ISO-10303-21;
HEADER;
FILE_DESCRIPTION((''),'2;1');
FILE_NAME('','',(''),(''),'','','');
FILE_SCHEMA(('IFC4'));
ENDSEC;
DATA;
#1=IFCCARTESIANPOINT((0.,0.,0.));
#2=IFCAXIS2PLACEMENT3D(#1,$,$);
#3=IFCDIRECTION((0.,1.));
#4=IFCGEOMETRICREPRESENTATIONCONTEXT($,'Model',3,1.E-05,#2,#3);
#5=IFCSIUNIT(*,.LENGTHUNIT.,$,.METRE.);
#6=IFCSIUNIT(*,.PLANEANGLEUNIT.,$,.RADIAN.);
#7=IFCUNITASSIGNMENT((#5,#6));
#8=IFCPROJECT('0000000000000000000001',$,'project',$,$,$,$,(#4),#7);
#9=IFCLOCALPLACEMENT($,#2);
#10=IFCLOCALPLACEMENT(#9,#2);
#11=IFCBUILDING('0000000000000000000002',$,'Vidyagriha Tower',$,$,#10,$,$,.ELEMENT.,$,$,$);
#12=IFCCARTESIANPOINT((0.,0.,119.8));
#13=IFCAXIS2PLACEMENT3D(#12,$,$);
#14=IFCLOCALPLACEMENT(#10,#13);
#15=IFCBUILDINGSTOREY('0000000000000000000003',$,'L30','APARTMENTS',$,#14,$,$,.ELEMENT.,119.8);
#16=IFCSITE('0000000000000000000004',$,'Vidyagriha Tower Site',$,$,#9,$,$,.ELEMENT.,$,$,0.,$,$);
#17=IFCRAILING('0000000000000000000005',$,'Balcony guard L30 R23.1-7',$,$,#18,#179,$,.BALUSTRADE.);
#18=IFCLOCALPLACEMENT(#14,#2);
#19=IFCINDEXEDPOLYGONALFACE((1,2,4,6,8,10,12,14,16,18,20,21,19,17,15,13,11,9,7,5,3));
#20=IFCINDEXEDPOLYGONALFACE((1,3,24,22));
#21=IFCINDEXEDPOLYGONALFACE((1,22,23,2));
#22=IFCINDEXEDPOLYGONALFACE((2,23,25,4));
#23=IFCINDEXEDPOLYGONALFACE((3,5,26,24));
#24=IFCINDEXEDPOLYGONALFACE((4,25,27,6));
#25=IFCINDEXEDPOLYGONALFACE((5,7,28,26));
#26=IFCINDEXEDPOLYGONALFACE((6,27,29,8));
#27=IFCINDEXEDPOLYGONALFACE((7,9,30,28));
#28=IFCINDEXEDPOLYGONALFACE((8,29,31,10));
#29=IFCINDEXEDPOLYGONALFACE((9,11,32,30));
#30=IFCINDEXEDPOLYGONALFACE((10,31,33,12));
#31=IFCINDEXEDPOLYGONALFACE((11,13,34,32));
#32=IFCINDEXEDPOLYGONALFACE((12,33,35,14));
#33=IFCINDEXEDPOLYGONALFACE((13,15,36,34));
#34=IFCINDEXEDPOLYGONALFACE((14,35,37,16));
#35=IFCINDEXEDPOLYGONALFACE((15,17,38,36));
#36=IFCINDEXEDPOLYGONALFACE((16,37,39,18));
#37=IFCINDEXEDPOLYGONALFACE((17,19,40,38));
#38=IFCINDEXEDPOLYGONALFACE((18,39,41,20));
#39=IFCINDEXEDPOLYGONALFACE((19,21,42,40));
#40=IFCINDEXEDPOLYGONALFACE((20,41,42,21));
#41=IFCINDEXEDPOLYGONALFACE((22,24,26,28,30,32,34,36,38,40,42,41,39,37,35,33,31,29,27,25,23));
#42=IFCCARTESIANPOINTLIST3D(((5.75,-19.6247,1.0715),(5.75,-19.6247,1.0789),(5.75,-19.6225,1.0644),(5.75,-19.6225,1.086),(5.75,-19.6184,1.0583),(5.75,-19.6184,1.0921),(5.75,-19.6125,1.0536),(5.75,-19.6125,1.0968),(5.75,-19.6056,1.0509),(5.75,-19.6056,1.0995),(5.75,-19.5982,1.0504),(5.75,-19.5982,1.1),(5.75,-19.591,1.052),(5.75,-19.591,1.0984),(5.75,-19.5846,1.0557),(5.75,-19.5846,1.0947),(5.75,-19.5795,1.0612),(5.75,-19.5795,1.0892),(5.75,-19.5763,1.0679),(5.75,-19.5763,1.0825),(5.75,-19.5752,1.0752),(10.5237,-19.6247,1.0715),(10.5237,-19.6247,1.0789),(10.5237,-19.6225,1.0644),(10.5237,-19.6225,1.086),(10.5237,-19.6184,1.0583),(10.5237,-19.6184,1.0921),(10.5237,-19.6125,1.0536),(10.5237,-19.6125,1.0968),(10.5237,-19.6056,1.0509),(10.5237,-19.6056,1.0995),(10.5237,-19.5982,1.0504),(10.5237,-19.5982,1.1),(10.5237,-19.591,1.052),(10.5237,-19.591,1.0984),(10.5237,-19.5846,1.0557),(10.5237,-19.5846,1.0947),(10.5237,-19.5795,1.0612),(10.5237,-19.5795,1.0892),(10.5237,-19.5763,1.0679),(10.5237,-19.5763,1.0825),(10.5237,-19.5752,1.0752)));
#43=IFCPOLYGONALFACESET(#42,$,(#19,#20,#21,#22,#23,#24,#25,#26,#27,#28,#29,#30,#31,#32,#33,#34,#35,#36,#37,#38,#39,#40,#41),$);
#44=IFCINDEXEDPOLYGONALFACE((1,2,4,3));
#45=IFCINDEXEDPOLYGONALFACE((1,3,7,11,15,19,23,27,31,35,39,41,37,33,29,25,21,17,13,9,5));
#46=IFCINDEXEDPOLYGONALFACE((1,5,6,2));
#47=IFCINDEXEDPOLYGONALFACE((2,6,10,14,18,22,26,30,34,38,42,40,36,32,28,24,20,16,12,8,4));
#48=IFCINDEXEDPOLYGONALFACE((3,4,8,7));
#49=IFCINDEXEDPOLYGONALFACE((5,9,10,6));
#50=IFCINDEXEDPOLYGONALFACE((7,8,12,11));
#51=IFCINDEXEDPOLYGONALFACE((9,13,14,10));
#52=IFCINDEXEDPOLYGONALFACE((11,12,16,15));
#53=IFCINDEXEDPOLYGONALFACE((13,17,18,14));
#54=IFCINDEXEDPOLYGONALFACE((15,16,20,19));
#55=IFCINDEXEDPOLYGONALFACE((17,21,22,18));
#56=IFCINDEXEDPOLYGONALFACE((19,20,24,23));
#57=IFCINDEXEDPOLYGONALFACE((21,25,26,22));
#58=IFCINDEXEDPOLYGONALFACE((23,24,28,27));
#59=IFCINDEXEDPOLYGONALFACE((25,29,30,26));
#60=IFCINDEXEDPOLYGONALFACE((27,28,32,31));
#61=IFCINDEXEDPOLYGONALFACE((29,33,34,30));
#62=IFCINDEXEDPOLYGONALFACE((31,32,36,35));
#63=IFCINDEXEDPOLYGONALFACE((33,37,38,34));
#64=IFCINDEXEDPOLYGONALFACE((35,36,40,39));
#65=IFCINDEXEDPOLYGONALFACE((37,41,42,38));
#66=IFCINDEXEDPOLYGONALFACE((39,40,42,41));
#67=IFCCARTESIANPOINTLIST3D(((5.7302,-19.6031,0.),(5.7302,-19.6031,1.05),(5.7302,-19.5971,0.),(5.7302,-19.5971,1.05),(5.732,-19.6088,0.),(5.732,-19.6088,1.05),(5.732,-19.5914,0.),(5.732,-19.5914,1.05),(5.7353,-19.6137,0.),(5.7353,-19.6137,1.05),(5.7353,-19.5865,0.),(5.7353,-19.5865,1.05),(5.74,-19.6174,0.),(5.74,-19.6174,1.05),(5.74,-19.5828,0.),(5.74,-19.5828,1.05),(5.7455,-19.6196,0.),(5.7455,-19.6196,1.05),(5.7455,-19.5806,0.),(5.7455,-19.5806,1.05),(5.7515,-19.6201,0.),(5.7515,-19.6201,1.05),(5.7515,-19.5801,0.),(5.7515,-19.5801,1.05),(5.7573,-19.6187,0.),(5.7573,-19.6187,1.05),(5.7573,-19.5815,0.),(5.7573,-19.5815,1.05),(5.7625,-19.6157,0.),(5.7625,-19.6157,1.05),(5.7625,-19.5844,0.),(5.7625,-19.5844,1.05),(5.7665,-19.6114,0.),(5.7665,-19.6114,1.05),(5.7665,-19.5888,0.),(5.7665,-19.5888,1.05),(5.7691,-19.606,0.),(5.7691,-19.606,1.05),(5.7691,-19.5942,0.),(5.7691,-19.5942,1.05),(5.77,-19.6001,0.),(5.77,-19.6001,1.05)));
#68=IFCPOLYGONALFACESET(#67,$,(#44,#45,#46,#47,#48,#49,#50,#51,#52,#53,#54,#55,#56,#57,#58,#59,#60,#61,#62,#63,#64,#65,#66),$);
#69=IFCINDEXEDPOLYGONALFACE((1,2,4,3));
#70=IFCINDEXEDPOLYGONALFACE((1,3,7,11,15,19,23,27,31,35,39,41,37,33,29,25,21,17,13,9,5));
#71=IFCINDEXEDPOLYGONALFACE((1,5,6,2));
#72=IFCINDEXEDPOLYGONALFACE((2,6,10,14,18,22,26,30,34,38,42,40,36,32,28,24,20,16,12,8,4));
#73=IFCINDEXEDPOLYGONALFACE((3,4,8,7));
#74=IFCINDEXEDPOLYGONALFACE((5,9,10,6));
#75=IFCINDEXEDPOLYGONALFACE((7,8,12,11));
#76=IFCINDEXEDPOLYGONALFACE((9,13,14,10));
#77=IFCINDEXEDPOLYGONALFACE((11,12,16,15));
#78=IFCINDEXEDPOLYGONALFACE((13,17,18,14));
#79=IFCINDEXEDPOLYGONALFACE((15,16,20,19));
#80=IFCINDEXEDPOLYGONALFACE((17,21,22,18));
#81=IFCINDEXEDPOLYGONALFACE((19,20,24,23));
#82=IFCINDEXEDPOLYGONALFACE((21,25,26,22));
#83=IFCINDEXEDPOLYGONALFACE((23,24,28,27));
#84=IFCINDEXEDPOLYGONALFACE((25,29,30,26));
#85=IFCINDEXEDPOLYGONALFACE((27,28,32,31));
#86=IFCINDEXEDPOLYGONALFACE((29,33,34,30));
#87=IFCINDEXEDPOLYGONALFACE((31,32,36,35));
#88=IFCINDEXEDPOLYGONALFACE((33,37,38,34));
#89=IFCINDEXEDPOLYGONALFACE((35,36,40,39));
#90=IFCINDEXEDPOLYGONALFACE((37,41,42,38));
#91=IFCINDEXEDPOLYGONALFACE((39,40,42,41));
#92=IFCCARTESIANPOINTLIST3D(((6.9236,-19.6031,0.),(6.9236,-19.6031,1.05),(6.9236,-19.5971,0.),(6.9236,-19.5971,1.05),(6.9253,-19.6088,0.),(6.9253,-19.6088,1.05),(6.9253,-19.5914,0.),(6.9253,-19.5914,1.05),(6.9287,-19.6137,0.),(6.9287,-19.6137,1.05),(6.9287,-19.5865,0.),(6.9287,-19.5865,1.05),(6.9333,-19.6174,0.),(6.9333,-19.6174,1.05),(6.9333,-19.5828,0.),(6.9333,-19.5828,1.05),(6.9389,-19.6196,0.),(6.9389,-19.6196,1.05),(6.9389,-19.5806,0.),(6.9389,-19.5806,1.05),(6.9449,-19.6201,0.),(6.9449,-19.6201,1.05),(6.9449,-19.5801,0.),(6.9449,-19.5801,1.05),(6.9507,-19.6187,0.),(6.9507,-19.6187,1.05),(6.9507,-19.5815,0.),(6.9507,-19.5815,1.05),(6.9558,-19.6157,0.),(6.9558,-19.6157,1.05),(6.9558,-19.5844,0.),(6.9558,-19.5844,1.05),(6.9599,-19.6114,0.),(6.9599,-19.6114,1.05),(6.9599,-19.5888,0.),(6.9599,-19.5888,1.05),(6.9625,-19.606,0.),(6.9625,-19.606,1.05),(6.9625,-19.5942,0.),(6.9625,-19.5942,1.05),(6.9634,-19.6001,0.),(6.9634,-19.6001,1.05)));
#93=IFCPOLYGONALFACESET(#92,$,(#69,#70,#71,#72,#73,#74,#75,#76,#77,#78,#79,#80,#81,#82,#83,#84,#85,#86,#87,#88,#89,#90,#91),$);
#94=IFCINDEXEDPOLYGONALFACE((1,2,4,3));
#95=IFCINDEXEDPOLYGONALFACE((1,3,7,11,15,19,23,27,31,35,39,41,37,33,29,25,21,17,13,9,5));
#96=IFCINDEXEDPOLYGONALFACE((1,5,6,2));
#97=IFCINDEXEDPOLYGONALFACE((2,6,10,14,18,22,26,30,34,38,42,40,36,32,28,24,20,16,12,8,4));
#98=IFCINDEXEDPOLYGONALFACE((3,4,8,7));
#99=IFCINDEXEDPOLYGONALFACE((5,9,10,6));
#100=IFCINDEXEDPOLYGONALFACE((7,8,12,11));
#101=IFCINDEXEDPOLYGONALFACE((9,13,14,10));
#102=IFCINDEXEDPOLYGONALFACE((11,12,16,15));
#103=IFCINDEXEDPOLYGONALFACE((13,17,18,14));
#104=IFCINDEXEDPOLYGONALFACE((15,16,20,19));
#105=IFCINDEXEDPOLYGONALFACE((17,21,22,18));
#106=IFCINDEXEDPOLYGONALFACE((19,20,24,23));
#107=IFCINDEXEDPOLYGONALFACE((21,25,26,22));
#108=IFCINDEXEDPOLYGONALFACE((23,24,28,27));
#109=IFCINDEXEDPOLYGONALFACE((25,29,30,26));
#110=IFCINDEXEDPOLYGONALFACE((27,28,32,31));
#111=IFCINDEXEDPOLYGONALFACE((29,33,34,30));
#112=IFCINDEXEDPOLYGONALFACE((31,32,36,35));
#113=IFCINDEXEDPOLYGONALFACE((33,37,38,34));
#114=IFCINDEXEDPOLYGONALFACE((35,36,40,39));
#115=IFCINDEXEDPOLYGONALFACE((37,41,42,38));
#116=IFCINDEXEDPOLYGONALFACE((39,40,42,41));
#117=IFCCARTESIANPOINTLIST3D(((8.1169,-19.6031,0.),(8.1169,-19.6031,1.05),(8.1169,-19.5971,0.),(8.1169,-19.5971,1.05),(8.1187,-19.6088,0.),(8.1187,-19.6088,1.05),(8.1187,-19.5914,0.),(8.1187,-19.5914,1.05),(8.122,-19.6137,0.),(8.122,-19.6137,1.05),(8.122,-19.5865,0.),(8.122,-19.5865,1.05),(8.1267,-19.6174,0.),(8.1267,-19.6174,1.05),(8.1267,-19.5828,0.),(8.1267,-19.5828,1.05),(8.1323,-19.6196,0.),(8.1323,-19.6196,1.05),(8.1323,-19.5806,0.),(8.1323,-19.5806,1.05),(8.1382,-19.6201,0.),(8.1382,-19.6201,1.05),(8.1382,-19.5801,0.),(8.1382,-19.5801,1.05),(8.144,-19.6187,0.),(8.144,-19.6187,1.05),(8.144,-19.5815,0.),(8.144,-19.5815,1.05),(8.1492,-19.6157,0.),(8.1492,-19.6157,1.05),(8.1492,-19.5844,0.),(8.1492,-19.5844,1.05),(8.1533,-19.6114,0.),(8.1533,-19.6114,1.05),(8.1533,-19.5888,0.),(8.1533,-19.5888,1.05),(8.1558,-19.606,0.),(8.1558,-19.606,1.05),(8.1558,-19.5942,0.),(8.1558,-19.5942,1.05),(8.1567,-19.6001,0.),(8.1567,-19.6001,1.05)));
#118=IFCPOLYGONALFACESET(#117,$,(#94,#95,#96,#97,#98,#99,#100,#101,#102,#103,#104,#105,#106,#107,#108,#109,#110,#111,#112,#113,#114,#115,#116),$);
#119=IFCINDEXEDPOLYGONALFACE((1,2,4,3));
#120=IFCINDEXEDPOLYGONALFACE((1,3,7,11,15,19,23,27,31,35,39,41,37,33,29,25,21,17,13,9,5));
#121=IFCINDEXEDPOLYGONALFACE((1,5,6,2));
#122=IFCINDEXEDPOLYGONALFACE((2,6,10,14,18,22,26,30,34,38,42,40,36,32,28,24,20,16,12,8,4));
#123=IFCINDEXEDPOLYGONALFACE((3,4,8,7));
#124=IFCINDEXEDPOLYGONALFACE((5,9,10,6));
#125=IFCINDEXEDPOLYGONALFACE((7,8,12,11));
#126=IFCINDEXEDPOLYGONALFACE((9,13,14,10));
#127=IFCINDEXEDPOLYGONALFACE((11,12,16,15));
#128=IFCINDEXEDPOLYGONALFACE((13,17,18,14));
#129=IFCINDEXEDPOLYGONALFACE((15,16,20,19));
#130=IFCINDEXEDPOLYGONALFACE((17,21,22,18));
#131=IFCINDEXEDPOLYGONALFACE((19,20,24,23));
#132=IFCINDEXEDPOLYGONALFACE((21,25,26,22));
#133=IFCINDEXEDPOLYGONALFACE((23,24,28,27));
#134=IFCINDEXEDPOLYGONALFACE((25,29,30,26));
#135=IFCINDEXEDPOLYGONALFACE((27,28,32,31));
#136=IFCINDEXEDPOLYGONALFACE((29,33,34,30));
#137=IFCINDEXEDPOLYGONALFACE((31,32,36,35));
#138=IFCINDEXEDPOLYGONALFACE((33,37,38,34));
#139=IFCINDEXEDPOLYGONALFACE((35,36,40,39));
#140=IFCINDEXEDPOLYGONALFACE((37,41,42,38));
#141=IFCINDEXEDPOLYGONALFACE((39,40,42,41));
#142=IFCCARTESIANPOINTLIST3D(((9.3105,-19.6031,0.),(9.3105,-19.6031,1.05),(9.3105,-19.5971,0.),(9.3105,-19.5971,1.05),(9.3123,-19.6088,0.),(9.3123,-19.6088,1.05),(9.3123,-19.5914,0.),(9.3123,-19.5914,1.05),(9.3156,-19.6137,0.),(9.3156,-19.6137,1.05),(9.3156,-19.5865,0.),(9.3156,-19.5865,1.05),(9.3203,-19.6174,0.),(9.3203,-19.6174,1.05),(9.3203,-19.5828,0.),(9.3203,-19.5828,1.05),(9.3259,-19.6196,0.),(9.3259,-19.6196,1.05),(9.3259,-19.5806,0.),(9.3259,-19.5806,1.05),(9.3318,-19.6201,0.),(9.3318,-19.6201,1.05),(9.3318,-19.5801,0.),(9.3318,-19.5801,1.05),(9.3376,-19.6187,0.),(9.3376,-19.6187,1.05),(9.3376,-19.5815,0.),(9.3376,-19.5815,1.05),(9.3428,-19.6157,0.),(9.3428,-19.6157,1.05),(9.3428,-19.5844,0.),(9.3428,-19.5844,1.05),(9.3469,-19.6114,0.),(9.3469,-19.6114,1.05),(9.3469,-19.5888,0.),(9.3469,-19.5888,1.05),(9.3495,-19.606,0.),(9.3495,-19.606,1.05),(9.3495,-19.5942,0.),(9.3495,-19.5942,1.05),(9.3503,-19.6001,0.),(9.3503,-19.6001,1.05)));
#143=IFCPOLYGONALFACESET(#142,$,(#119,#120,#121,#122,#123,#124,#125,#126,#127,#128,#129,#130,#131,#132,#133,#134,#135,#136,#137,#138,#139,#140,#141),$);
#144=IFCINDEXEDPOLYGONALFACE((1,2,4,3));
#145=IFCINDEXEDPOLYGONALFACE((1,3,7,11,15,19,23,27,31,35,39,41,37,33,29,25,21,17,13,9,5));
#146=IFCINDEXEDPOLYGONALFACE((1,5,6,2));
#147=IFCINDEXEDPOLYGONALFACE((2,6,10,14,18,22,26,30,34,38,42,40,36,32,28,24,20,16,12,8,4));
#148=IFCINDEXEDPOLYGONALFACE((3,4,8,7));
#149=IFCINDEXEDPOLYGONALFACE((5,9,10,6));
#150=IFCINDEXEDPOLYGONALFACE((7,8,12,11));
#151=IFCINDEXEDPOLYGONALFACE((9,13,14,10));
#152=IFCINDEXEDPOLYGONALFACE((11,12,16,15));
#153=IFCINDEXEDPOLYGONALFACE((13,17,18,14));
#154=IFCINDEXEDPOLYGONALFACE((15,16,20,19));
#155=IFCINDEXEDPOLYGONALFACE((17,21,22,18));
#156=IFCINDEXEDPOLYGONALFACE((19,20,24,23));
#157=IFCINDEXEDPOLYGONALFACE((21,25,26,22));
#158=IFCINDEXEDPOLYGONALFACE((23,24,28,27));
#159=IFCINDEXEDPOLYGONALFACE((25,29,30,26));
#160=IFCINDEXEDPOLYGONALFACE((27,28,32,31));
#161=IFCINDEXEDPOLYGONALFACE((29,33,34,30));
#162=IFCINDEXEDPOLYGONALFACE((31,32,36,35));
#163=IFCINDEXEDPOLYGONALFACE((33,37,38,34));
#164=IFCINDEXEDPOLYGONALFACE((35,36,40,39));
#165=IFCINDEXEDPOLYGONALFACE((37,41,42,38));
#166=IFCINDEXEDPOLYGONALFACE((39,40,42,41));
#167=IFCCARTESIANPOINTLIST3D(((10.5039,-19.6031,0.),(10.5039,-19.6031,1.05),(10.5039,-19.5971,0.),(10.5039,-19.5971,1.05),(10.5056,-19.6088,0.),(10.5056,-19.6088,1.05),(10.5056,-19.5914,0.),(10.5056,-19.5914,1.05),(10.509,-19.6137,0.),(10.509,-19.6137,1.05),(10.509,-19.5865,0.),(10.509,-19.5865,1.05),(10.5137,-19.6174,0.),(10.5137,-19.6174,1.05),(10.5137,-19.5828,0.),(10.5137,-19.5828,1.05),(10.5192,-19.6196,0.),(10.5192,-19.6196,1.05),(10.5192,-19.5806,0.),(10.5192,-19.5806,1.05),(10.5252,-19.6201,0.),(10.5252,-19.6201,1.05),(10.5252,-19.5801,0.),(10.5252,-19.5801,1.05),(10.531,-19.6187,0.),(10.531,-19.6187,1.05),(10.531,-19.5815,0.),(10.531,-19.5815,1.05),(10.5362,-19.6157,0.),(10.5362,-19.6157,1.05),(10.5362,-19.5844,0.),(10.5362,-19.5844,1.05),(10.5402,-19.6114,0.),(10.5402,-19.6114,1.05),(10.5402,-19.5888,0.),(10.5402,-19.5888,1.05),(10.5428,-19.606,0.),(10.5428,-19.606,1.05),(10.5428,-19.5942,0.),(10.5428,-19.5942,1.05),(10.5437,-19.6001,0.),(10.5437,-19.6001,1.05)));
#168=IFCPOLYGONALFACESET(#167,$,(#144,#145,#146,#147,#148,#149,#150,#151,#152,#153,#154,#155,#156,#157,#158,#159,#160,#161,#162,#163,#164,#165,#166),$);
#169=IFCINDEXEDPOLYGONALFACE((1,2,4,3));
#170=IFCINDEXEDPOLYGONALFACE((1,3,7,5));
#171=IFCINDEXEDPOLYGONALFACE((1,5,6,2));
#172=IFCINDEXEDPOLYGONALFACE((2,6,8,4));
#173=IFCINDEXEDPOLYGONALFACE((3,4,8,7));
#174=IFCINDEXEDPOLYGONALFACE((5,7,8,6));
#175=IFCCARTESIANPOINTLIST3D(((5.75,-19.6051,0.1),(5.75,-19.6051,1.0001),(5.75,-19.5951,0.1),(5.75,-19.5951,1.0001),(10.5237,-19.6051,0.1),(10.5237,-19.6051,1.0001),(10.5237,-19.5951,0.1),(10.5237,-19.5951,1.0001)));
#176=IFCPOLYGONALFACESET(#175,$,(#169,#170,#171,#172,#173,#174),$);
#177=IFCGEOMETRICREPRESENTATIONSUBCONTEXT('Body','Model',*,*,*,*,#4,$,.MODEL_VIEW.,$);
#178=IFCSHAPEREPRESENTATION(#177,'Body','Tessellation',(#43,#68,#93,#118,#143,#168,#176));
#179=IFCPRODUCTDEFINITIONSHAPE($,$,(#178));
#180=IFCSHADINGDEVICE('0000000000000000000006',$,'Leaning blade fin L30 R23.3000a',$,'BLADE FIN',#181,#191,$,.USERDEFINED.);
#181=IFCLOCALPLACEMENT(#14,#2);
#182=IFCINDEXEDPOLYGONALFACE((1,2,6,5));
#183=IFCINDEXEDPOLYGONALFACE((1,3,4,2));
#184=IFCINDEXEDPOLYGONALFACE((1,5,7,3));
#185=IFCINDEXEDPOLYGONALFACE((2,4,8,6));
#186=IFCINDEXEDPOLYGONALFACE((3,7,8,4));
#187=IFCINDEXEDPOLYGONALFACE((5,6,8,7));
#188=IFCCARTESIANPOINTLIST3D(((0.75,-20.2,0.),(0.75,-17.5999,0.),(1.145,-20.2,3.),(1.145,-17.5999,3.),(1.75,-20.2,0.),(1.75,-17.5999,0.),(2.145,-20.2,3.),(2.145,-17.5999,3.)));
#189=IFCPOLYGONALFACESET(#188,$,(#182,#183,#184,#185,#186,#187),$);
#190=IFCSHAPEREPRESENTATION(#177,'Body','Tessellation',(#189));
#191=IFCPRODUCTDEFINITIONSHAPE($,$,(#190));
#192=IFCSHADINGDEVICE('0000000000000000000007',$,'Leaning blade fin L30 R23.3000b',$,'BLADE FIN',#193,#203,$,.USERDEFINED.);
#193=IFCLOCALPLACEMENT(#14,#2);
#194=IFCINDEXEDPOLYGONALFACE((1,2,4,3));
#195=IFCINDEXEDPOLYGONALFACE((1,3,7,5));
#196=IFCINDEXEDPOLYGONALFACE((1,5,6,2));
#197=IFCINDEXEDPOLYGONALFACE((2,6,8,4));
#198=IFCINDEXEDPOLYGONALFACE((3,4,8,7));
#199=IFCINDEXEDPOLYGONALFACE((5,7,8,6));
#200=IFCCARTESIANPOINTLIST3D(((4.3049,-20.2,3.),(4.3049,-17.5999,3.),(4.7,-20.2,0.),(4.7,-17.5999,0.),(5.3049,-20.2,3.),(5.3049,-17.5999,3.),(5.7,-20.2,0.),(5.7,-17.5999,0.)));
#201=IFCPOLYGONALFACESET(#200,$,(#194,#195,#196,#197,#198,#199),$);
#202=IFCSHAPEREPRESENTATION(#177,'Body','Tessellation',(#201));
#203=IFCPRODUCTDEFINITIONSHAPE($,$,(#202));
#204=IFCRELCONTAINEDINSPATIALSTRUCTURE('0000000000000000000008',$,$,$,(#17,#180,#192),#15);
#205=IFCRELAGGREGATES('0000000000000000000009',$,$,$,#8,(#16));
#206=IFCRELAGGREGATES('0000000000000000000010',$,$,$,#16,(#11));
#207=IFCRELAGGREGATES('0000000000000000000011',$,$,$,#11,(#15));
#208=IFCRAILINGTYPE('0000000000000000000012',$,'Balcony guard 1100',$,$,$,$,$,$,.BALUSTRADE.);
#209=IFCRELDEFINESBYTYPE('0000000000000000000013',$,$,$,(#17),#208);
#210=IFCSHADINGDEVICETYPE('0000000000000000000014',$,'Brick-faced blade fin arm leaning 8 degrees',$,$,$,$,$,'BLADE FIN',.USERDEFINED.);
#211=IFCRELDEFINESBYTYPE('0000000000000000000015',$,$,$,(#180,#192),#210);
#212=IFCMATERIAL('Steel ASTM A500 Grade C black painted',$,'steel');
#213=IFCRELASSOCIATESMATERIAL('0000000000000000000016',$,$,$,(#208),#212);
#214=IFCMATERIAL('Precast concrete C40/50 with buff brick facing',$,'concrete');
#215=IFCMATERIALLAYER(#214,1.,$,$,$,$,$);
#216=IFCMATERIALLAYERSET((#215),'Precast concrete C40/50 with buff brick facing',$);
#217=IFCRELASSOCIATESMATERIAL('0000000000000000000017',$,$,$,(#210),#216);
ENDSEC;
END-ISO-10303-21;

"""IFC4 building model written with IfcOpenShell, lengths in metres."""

from ifc_helpers import new_model, si_unit, direction, frame, origin, origin_2d, place, context, subcontext, project, spatial, polyline, rectangle, circle, outline, extrude, material, layer, layer_set, type_object, element, save


model = new_model("IFC4")

# Units and contexts
model_context = context("Model", 3, precision=1e-05, world=origin(), true_north=direction((0.0, 1.0)))
body_context = subcontext(model_context, "Body", "Model", "MODEL_VIEW")
ifc_project = project(units=[si_unit("LENGTHUNIT", "METRE"), si_unit("PLANEANGLEUNIT", "RADIAN")], contexts=[model_context])

# Site, building, storey
site_placement = place(None, origin())
site = spatial("IfcSite", under=ifc_project, at=site_placement, Name="Vidyagriha Tower Site", CompositionType="ELEMENT", RefElevation=0.0)
building_placement = place(site_placement, origin())
building = spatial("IfcBuilding", under=site, at=building_placement, Name="Vidyagriha Tower", CompositionType="ELEMENT")
storey_placement = place(building_placement, frame((0.0, 0.0, 119.8)))
storey = spatial("IfcBuildingStorey", under=building, at=storey_placement, Name="L30", Description="APARTMENTS", CompositionType="ELEMENT", Elevation=119.8)

# Railing
ifc_material_1 = material(Name="Steel ASTM A500 Grade C black painted", Category="steel")
railing_type = type_object("IfcRailingType", Name="Balcony guard 1100", PredefinedType="BALUSTRADE", material=ifc_material_1)
railing_1_placement = place(storey_placement, frame((5.75, -19.6001, 0.0)))
element("IfcRailing", 1, at=railing_1_placement, inside=storey, type_object=railing_type, Name="Balcony guard L30 R23.1-7", PredefinedType="BALUSTRADE", context=body_context, shape_type="SweptSolid", body=[
    extrude(circle(Radius=0.0249, at=origin_2d()), frame((0.0, 0.0, 1.0752), z_axis=(1.0, 0.0, 0.0), x_axis=(0.0, 1.0, 0.0)), (0.0, 0.0, 1.0), 4.7737),
    extrude(circle(Radius=0.02, at=origin_2d()), origin(), (0.0, 0.0, 1.0), 1.05),
    extrude(circle(Radius=0.02, at=origin_2d()), frame((1.1934, 0.0, 0.0)), (0.0, 0.0, 1.0), 1.05),
    extrude(circle(Radius=0.02, at=origin_2d()), frame((2.3867, 0.0, 0.0)), (0.0, 0.0, 1.0), 1.05),
    extrude(circle(Radius=0.02, at=origin_2d()), frame((3.5803, 0.0, 0.0)), (0.0, 0.0, 1.0), 1.05),
    extrude(circle(Radius=0.02, at=origin_2d()), frame((4.7737, 0.0, 0.0)), (0.0, 0.0, 1.0), 1.05),
    extrude(rectangle(XDim=0.01, YDim=0.9001, at=origin_2d()), frame((0.0, 0.0, 0.55), z_axis=(1.0, 0.0, 0.0), x_axis=(0.0, 1.0, 0.0)), (0.0, 0.0, 1.0), 4.7737),
])

# Shading devices
ifc_material_2 = material(Name="Precast concrete C40/50 with buff brick facing", Category="concrete")
ifc_layer_1 = layer(ifc_material_2, 1.0)
ifc_layer_set_1 = layer_set([ifc_layer_1], Name="Precast concrete C40/50 with buff brick facing")
shading_device_type = type_object("IfcShadingDeviceType", Name="Brick-faced blade fin arm leaning 8 degrees", ElementType="BLADE FIN", PredefinedType="USERDEFINED", material=ifc_layer_set_1)
shading_device_1_placement = place(storey_placement, frame((0.75, -18.8999, 0.0)))
element("IfcShadingDevice", 2, at=shading_device_1_placement, inside=storey, type_object=shading_device_type, Name="Leaning blade fin L30 R23.3000a", ObjectType="BLADE FIN", PredefinedType="USERDEFINED", context=body_context, shape_type="SweptSolid", body=[
    extrude(outline(polyline([(0.0, 0.0), (1.0, 0.0), (1.395, 3.0), (0.395, 3.0), (0.0, 0.0)])), frame((0.0, 1.3, 0.0), z_axis=(0.0, -1.0, 0.0), x_axis=(1.0, 0.0, 0.0)), (0.0, 0.0, 1.0), 2.6001),
])
shading_device_2_placement = place(storey_placement, frame((4.3049, -18.8999, 0.0)))
element("IfcShadingDevice", 3, at=shading_device_2_placement, inside=storey, type_object=shading_device_type, Name="Leaning blade fin L30 R23.3000b", ObjectType="BLADE FIN", PredefinedType="USERDEFINED", context=body_context, shape_type="SweptSolid", body=[
    extrude(outline(polyline([(0.395, 0.0), (1.395, 0.0), (1.0, 3.0), (0.0, 3.0), (0.395, 0.0)])), frame((0.0, 1.3, 0.0), z_axis=(0.0, -1.0, 0.0), x_axis=(1.0, 0.0, 0.0)), (0.0, 0.0, 1.0), 2.6001),
])

save(model, "model.ifc")
